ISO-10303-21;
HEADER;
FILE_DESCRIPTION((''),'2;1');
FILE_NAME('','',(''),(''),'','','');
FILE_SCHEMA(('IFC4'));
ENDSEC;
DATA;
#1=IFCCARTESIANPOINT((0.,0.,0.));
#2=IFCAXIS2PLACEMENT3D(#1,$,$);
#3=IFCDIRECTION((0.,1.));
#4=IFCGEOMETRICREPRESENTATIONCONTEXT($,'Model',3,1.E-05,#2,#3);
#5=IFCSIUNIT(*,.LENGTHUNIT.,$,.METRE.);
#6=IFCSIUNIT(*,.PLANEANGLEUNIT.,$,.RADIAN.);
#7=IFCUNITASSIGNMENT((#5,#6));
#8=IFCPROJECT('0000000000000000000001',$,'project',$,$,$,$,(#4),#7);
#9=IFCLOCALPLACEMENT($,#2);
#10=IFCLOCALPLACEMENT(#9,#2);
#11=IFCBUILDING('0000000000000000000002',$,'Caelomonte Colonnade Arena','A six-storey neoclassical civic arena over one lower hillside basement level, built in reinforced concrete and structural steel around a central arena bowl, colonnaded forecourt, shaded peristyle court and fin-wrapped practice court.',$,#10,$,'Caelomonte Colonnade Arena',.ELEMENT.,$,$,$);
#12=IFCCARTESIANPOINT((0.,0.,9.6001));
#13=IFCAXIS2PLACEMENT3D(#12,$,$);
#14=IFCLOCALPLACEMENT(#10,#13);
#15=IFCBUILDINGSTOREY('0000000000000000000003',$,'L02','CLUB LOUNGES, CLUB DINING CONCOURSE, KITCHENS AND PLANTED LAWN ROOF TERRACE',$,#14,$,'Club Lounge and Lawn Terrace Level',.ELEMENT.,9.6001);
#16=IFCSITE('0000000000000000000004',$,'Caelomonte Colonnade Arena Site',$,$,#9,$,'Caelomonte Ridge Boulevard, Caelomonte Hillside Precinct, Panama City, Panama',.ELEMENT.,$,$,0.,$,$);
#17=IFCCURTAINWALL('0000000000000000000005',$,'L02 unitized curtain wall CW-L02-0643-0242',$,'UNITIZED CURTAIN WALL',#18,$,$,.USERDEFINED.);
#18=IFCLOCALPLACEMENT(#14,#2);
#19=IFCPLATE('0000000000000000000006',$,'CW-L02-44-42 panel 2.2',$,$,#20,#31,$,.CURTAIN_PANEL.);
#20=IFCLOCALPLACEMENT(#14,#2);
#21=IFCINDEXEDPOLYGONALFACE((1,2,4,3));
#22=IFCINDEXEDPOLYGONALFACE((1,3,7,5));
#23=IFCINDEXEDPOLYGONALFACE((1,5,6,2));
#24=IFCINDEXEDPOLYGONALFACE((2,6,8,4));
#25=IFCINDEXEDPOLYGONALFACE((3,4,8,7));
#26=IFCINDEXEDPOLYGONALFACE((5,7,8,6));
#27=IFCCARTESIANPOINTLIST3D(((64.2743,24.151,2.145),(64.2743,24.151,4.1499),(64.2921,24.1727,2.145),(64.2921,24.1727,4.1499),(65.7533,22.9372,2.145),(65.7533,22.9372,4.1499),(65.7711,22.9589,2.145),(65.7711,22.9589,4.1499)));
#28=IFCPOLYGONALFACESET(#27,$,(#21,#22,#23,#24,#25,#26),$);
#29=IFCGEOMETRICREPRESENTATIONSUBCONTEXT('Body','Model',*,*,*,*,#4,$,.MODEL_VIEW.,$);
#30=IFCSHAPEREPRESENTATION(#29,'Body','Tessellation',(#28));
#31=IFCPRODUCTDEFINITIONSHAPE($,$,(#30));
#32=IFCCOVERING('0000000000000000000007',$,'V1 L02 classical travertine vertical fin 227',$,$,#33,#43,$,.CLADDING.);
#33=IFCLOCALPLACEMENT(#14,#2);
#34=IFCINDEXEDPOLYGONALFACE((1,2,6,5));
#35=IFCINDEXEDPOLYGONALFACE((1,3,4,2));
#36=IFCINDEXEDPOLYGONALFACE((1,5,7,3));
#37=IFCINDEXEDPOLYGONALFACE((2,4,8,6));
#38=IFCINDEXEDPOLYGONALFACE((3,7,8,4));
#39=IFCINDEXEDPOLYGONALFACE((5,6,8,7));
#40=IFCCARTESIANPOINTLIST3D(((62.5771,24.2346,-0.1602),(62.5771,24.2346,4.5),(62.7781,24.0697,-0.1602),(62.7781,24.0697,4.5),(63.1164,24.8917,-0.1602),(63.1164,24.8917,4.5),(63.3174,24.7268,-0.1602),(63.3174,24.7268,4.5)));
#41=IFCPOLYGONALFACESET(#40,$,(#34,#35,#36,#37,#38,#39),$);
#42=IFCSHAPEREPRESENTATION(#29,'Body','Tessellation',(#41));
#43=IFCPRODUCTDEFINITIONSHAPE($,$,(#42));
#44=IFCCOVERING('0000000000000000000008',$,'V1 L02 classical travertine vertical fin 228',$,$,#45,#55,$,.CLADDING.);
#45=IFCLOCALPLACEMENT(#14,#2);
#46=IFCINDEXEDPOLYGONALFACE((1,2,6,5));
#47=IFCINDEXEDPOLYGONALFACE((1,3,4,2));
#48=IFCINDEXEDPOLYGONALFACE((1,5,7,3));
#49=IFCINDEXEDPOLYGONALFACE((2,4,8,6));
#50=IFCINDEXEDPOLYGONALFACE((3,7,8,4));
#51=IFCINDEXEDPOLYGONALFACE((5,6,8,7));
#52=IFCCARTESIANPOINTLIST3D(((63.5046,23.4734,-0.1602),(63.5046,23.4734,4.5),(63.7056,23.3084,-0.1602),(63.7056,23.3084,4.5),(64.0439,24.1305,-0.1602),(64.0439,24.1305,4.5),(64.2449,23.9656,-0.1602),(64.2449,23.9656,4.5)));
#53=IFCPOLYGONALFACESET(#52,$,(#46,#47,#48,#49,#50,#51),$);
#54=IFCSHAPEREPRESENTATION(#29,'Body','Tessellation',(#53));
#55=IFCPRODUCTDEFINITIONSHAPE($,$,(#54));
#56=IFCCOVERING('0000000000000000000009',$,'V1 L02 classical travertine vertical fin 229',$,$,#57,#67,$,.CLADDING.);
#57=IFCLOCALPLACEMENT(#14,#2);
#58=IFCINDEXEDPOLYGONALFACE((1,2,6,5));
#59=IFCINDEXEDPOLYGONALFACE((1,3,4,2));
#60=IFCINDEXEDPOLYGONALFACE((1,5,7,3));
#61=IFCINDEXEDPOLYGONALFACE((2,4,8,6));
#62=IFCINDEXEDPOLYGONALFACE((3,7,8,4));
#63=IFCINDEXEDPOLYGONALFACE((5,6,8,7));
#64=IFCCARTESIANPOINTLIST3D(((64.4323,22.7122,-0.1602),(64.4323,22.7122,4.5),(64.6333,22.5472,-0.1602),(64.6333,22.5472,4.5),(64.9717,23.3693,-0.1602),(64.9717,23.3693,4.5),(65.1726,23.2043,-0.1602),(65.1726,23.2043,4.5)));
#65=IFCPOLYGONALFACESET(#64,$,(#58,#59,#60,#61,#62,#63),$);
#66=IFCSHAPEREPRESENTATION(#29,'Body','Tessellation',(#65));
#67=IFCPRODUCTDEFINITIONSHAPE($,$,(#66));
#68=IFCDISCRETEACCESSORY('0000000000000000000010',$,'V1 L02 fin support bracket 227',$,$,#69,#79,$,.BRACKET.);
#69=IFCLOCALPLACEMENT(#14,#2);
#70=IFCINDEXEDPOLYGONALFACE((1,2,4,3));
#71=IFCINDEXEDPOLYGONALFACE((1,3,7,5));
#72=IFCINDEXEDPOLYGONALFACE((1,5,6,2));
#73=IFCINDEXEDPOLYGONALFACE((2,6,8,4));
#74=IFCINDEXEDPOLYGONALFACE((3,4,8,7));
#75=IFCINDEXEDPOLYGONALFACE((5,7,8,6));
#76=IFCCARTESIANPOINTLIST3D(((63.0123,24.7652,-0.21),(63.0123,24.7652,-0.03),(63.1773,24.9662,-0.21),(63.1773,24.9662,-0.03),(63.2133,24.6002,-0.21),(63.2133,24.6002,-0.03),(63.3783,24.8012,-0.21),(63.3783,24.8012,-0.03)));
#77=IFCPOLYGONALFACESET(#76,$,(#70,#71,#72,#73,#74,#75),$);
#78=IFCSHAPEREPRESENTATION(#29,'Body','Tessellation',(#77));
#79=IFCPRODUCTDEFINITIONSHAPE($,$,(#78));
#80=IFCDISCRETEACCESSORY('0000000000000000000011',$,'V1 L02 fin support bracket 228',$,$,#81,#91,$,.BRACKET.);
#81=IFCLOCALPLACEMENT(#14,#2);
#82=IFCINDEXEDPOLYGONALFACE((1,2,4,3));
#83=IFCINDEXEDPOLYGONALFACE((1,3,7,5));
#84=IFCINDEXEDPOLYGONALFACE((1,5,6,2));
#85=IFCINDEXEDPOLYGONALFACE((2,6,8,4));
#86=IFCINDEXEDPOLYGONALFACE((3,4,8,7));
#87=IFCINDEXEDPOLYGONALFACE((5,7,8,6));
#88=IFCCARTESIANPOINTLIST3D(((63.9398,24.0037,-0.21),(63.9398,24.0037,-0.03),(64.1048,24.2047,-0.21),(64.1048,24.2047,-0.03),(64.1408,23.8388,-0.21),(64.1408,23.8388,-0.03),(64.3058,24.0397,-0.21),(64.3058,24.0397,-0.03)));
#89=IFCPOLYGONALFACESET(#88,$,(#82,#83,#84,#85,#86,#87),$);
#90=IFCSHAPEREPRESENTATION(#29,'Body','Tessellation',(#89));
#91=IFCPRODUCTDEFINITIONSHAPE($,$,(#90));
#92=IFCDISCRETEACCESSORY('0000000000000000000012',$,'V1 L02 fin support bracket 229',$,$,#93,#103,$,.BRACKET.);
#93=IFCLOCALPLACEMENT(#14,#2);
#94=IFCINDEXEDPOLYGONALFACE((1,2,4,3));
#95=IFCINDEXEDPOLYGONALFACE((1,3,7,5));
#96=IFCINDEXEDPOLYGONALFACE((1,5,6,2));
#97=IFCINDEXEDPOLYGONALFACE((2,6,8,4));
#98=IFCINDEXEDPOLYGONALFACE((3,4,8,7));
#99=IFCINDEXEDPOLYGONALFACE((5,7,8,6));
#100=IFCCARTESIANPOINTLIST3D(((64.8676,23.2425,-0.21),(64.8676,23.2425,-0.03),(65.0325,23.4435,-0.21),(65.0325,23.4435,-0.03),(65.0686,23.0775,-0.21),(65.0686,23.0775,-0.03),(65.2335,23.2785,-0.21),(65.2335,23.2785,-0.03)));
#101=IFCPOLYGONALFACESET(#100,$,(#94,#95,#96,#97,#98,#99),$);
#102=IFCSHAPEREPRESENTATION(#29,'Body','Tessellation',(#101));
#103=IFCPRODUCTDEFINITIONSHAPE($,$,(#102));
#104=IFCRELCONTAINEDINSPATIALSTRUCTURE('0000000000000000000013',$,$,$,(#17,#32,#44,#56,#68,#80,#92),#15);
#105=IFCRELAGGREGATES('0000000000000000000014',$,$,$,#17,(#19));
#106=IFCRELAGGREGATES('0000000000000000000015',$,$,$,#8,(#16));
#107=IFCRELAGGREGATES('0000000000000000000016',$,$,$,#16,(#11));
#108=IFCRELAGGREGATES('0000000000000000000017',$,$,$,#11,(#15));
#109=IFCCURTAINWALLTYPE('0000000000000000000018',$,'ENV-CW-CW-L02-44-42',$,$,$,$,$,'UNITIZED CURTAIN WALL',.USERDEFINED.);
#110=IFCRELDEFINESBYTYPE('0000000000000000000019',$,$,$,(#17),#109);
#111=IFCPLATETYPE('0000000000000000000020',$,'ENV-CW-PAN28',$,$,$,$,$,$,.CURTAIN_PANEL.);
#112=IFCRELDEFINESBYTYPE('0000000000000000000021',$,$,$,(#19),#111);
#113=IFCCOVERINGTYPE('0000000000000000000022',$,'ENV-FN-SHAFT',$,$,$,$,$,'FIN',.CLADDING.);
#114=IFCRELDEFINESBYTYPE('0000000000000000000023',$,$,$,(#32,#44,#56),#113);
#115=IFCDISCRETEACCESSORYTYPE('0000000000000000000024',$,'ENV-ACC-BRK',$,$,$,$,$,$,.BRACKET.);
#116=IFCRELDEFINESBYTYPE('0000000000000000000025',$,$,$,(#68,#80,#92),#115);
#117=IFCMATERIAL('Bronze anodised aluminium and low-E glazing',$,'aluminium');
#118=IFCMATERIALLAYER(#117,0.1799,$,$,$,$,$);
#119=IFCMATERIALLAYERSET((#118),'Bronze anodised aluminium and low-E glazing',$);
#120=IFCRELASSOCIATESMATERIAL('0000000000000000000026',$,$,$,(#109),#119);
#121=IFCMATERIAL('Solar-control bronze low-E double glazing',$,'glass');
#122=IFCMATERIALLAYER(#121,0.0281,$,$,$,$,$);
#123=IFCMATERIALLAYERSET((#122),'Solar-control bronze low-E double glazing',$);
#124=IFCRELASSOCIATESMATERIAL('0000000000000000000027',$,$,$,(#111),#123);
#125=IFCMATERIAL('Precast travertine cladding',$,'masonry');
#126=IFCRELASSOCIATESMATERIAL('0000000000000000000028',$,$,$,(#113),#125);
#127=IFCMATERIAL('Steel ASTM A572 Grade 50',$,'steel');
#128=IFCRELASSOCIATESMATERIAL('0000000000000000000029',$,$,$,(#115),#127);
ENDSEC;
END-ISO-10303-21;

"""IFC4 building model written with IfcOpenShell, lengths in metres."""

from ifc_helpers import new_model, si_unit, direction, frame, origin, origin_2d, place, context, subcontext, project, spatial, rectangle, extrude, material, layer, layer_set, material_profile, profile_set, type_object, element, aggregate, save


model = new_model("IFC4")

# Units and contexts
model_context = context("Model", 3, precision=1e-05, world=origin(), true_north=direction((0.0, 1.0)))
body_context = subcontext(model_context, "Body", "Model", "MODEL_VIEW")
ifc_project = project(units=[si_unit("LENGTHUNIT", "METRE"), si_unit("PLANEANGLEUNIT", "RADIAN")], contexts=[model_context])

# Site, building, storey
site_placement = place(None, origin())
site = spatial("IfcSite", under=ifc_project, at=site_placement, Name="Caelomonte Colonnade Arena Site", LongName="Caelomonte Ridge Boulevard, Caelomonte Hillside Precinct, Panama City, Panama", CompositionType="ELEMENT", RefElevation=0.0)
building_placement = place(site_placement, origin())
building = spatial("IfcBuilding", under=site, at=building_placement, Name="Caelomonte Colonnade Arena", Description="A six-storey neoclassical civic arena over one lower hillside basement level, built in reinforced concrete and structural steel around a central arena bowl, colonnaded forecourt, shaded peristyle court and fin-wrapped practice court.", LongName="Caelomonte Colonnade Arena", CompositionType="ELEMENT")
storey_placement = place(building_placement, frame((0.0, 0.0, 9.6001)))
storey = spatial("IfcBuildingStorey", under=building, at=storey_placement, Name="L02", Description="CLUB LOUNGES, CLUB DINING CONCOURSE, KITCHENS AND PLANTED LAWN ROOF TERRACE", LongName="Club Lounge and Lawn Terrace Level", CompositionType="ELEMENT", Elevation=9.6001)

# Curtain wall
ifc_material_1 = material(Name="Bronze anodised aluminium and low-E glazing", Category="aluminium")
ifc_layer_1 = layer(ifc_material_1, 0.1799)
ifc_layer_set_1 = layer_set([ifc_layer_1], Name="Bronze anodised aluminium and low-E glazing")
curtain_wall_type = type_object("IfcCurtainWallType", Name="ENV-CW-CW-L02-44-42", ElementType="UNITIZED CURTAIN WALL", PredefinedType="USERDEFINED", material=ifc_layer_set_1)
curtain_wall_1_placement = place(storey_placement, origin())
curtain_wall_1 = element("IfcCurtainWall", 1, at=curtain_wall_1_placement, inside=storey, type_object=curtain_wall_type, Name="L02 unitized curtain wall CW-L02-0643-0242", ObjectType="UNITIZED CURTAIN WALL", PredefinedType="USERDEFINED")

# Plate
ifc_material_2 = material(Name="Solar-control bronze low-E double glazing", Category="glass")
ifc_layer_2 = layer(ifc_material_2, 0.0281)
ifc_layer_set_2 = layer_set([ifc_layer_2], Name="Solar-control bronze low-E double glazing")
plate_type = type_object("IfcPlateType", Name="ENV-CW-PAN28", PredefinedType="CURTAIN_PANEL", material=ifc_layer_set_2)
plate_1_placement = place(storey_placement, frame((65.0227, 23.5549, 2.145), z_axis=(0.0, 0.0, 1.0), x_axis=(0.772992, -0.634416, 0.0)))
plate_1 = element("IfcPlate", 2, at=plate_1_placement, type_object=plate_type, Name="CW-L02-44-42 panel 2.2", PredefinedType="CURTAIN_PANEL", context=body_context, shape_type="SweptSolid", body=[
    extrude(rectangle(XDim=1.9133, YDim=0.0281, at=origin_2d()), origin(), (0.0, 0.0, 1.0), 2.0049),
])
aggregate(curtain_wall_1, [plate_1])

# Coverings
ifc_material_3 = material(Name="Precast travertine cladding", Category="masonry")
ifc_material_profile_1 = material_profile(ifc_material_3, rectangle(XDim=0.26, YDim=0.8501, at=origin_2d()), Name="FIN260X850")
ifc_profile_set_1 = profile_set([ifc_material_profile_1], Name="Precast travertine cladding")
covering_type = type_object("IfcCoveringType", Name="ENV-FN-SHAFT", ElementType="FIN", PredefinedType="CLADDING", material=ifc_profile_set_1)
for number, where, z_axis, x_axis, name in (
    (3, (62.9473, 24.4807, -0.1602), (0.0, 0.0, 1.0), (-0.772994, 0.634414, 0.0), "V1 L02 classical travertine vertical fin 227"),
    (4, (63.8748, 23.7195, -0.1602), (0.0, 0.0, 1.0), (-0.772994, 0.634414, 0.0), "V1 L02 classical travertine vertical fin 228"),
    (5, (64.8025, 22.9583, -0.1602), (0.0, 0.0, 1.0), (-0.772994, 0.634414, 0.0), "V1 L02 classical travertine vertical fin 229"),
):
    element("IfcCovering", number, at=place(storey_placement, frame(where, z_axis=z_axis, x_axis=x_axis)), inside=storey, type_object=covering_type, Name=name, PredefinedType="CLADDING", context=body_context, shape_type="SweptSolid", body=[
        extrude(rectangle(XDim=0.26, YDim=0.8501, at=origin_2d()), origin(), (0.0, 0.0, 1.0), 4.6602),
    ])

# Discrete accessories
ifc_material_4 = material(Name="Steel ASTM A572 Grade 50", Category="steel")
discrete_accessory_type = type_object("IfcDiscreteAccessoryType", Name="ENV-ACC-BRK", PredefinedType="BRACKET", material=ifc_material_4)
for number, where, z_axis, x_axis, name in (
    (6, (63.1953, 24.7832, -0.21), (0.0, 0.0, 1.0), (0.772994, -0.634414, 0.0), "V1 L02 fin support bracket 227"),
    (7, (64.1228, 24.0217, -0.21), (0.0, 0.0, 1.0), (0.772994, -0.634414, 0.0), "V1 L02 fin support bracket 228"),
    (8, (65.0505, 23.2605, -0.21), (0.0, 0.0, 1.0), (0.772994, -0.634414, 0.0), "V1 L02 fin support bracket 229"),
):
    element("IfcDiscreteAccessory", number, at=place(storey_placement, frame(where, z_axis=z_axis, x_axis=x_axis)), inside=storey, type_object=discrete_accessory_type, Name=name, PredefinedType="BRACKET", context=body_context, shape_type="SweptSolid", body=[
        extrude(rectangle(XDim=0.26, YDim=0.26, at=origin_2d()), origin(), (0.0, 0.0, 1.0), 0.1799),
    ])

save(model, "model.ifc")
